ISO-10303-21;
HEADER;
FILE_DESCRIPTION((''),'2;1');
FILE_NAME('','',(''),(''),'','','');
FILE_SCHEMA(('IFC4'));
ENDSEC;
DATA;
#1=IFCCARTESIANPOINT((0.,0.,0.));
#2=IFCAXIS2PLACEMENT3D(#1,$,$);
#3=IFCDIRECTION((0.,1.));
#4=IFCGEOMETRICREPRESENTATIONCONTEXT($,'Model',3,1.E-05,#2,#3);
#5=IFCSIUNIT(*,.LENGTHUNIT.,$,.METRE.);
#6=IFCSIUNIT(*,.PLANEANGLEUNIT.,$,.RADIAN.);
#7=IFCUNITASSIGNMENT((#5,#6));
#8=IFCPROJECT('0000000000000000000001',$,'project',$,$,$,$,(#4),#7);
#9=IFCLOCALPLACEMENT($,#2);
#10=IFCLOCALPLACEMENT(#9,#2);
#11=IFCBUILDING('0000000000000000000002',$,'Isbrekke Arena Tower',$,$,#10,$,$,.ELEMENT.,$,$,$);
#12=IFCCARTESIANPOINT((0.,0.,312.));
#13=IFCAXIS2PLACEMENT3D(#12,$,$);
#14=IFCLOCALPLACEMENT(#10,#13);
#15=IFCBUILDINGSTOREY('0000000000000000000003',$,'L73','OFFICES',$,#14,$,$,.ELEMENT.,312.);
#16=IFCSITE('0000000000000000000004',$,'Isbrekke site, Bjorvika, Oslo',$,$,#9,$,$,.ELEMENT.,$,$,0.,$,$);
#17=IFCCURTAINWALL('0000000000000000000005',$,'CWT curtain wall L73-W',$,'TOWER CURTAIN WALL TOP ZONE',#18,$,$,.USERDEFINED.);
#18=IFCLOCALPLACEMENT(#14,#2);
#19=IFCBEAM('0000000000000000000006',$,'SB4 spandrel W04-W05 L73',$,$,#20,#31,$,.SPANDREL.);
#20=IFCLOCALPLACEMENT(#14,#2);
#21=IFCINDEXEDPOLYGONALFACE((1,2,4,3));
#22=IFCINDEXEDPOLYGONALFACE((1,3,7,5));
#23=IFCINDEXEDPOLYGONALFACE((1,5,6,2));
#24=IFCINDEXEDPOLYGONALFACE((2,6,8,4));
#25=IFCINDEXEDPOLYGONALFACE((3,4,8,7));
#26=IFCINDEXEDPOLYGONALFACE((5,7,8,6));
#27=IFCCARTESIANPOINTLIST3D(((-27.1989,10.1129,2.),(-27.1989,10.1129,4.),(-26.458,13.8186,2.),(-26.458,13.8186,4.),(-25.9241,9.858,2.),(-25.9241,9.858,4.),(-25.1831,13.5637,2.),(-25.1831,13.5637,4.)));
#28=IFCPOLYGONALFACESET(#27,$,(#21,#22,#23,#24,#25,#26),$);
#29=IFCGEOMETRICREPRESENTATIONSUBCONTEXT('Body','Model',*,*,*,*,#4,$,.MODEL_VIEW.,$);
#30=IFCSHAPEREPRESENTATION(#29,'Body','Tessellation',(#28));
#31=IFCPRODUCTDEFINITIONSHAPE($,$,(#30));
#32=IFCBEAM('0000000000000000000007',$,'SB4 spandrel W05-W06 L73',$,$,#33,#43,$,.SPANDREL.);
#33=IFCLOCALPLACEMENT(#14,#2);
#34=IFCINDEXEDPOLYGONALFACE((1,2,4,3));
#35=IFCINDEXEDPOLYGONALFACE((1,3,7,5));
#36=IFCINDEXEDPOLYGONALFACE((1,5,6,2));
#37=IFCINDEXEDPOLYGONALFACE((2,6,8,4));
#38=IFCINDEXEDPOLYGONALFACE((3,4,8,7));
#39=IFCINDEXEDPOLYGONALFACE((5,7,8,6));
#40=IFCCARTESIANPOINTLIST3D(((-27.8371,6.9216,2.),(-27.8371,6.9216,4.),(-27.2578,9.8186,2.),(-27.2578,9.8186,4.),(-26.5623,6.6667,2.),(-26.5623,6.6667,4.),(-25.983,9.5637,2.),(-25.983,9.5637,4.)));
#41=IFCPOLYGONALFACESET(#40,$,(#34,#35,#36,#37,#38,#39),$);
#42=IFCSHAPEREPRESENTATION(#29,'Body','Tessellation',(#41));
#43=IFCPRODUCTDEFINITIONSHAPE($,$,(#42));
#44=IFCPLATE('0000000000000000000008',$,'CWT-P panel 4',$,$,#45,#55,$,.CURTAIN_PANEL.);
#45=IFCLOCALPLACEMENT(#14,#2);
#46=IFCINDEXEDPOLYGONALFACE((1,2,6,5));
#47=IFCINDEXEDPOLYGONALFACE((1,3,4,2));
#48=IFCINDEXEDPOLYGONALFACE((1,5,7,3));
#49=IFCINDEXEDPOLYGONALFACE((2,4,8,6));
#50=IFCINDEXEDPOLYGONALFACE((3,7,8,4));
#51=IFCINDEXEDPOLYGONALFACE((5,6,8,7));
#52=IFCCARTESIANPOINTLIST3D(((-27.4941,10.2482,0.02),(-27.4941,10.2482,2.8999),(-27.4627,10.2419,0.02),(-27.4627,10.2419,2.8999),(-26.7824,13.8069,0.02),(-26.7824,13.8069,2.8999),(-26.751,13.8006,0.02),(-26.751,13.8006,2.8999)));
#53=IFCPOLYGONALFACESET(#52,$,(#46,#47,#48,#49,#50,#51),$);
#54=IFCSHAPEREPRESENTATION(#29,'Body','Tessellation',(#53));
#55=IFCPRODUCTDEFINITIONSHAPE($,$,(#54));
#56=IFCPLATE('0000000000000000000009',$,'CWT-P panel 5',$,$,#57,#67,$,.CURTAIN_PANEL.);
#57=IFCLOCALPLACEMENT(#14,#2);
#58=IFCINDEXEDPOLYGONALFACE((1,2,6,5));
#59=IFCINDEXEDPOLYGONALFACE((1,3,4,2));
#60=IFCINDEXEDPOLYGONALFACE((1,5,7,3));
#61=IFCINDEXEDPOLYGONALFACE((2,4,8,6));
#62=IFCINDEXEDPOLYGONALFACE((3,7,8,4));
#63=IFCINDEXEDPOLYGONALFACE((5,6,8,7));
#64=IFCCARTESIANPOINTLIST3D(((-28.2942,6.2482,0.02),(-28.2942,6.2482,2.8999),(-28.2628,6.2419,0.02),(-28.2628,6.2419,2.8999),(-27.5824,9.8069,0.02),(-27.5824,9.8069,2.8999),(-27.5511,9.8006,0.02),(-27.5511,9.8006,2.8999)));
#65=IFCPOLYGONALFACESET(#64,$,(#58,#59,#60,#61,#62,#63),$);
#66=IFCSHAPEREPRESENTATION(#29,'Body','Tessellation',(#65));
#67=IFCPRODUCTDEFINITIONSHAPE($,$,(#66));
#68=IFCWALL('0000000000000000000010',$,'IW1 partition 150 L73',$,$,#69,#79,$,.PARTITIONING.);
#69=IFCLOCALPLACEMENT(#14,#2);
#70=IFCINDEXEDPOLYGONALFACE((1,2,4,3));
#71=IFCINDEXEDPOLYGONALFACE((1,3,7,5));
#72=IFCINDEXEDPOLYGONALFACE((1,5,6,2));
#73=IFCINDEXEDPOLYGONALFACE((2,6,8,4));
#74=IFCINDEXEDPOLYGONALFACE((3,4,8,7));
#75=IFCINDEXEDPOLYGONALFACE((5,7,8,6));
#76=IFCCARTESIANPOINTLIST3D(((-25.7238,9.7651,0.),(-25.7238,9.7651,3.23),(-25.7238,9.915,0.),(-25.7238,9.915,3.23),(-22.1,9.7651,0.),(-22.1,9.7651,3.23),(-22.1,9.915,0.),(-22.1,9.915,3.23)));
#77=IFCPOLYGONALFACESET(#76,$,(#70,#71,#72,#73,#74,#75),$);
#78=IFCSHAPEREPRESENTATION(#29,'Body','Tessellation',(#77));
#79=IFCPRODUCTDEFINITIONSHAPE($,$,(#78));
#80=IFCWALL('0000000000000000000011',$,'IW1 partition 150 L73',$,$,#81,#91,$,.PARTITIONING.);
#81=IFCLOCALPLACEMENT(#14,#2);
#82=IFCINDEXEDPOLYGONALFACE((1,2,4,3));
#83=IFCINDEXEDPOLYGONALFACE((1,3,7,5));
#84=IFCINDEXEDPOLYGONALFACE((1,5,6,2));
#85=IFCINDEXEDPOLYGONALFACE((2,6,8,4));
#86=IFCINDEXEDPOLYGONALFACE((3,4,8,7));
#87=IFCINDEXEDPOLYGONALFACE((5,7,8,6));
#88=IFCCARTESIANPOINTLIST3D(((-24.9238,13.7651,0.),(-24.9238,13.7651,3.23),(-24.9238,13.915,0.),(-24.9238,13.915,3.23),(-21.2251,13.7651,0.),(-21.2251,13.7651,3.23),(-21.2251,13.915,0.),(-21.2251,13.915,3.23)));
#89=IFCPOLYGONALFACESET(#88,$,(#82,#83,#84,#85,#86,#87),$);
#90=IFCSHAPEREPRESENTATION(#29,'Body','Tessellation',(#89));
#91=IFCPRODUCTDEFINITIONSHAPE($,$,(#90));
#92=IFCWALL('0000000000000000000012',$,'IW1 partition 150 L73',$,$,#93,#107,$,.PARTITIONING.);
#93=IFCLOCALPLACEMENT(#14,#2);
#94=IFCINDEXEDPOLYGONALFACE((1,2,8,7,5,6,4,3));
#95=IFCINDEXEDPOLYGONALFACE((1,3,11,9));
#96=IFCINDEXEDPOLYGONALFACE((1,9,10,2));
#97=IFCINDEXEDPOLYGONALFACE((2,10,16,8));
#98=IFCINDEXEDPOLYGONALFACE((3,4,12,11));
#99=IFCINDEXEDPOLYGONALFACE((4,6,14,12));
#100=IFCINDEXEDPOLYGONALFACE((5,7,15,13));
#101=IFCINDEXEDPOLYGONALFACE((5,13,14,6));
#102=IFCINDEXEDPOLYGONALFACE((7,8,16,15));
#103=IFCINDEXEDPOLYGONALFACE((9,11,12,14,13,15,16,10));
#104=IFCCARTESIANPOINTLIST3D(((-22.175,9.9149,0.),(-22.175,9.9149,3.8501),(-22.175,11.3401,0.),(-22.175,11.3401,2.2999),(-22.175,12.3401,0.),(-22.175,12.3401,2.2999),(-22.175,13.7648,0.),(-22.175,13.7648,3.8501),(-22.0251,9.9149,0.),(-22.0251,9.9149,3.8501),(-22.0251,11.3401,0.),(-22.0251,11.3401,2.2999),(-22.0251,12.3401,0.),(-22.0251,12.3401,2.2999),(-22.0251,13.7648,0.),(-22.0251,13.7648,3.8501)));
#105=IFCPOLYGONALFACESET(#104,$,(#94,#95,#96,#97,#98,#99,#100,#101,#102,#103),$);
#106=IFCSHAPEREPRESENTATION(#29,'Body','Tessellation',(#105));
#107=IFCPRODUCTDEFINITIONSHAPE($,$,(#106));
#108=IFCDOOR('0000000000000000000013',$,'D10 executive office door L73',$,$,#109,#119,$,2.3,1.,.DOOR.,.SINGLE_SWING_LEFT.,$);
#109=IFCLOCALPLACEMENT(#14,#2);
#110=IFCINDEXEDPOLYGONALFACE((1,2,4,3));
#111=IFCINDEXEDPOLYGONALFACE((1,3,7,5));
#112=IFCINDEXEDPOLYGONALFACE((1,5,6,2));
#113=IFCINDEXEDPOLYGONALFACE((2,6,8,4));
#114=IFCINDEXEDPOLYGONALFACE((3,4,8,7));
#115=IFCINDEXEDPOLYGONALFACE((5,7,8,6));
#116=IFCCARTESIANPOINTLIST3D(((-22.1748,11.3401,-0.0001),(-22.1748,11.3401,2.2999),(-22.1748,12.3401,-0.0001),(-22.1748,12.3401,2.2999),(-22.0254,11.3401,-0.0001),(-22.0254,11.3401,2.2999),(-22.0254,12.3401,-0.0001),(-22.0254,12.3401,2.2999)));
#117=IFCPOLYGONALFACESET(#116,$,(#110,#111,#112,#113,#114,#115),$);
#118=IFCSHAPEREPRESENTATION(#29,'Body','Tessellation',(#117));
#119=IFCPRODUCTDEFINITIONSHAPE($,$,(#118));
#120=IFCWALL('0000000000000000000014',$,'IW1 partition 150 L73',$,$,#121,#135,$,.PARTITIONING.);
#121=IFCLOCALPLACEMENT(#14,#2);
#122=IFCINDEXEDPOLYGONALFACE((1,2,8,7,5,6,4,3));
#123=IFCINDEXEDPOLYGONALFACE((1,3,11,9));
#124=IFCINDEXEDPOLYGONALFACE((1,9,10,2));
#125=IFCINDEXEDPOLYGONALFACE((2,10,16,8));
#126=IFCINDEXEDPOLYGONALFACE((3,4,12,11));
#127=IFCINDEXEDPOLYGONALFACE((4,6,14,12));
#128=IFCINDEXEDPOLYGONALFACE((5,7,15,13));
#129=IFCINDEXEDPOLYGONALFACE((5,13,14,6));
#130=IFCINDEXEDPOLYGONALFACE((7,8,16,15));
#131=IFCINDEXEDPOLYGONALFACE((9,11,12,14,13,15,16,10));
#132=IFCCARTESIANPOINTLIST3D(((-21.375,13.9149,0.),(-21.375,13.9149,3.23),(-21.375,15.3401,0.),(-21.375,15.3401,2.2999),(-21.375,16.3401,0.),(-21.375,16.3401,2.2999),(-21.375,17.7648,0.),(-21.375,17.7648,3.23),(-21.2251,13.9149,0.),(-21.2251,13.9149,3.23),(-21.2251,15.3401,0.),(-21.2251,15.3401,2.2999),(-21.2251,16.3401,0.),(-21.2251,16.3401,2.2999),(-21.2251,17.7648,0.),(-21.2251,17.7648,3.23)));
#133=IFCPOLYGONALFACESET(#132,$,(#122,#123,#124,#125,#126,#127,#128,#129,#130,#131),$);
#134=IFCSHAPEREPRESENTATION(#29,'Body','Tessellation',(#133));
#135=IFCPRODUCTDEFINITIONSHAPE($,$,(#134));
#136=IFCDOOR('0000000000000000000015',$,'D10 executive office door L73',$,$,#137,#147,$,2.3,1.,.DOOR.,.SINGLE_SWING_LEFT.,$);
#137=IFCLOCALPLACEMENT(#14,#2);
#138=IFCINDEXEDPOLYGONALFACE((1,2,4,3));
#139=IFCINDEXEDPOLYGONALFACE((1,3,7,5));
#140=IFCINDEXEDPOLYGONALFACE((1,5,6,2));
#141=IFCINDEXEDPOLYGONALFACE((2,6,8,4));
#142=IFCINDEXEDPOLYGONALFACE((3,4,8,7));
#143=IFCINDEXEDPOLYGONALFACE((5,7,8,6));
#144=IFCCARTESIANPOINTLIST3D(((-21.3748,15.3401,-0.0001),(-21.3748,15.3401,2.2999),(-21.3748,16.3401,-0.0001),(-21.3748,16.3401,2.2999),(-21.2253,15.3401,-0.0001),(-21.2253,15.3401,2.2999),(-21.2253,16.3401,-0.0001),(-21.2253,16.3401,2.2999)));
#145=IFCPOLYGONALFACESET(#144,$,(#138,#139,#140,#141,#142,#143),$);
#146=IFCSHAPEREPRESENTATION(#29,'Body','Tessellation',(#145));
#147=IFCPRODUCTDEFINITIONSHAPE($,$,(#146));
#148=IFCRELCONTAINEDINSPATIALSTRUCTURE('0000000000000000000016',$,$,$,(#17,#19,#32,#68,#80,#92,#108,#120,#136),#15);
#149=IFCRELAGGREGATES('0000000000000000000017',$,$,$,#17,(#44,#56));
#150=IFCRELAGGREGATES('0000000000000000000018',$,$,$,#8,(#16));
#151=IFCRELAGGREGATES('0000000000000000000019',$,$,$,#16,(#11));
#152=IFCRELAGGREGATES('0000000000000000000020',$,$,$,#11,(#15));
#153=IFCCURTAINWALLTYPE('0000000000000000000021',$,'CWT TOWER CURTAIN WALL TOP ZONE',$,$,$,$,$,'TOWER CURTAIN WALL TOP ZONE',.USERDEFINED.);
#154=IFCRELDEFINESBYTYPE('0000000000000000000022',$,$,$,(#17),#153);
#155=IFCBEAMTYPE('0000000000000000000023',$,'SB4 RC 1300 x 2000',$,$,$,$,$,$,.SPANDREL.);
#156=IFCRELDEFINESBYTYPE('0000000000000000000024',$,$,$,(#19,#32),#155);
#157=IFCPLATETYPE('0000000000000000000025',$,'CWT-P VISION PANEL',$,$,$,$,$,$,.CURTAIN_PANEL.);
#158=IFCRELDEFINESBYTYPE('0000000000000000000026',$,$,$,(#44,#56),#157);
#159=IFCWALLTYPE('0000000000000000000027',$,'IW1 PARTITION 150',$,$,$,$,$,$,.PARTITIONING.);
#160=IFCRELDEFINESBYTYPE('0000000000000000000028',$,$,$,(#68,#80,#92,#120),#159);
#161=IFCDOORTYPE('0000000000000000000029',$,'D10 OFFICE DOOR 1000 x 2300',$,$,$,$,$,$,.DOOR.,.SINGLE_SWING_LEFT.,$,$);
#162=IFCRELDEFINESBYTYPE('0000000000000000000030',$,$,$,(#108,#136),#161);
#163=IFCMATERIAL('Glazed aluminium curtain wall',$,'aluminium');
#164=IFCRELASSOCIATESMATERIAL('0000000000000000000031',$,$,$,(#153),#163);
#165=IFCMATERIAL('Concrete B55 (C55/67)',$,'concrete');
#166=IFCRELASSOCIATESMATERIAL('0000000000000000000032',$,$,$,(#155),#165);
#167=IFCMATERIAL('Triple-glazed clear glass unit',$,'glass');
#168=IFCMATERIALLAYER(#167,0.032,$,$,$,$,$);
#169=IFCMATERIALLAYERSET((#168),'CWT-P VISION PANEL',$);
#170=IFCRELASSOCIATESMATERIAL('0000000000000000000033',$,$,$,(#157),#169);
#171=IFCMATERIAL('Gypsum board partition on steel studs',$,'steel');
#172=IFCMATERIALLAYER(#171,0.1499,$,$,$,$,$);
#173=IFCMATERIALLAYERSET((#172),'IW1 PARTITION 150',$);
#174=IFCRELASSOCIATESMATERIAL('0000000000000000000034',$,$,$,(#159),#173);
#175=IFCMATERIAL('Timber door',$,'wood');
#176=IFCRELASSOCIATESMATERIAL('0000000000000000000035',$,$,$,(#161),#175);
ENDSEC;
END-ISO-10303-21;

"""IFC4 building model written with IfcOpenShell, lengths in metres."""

from ifc_helpers import new_model, si_unit, direction, frame, frame_2d, origin, origin_2d, place, context, subcontext, project, spatial, rectangle, extrude, material, layer, layer_set, material_profile, profile_set, type_object, element, fill, aggregate, save


model = new_model("IFC4")

# Units and contexts
model_context = context("Model", 3, precision=1e-05, world=origin(), true_north=direction((0.0, 1.0)))
body_context = subcontext(model_context, "Body", "Model", "MODEL_VIEW")
ifc_project = project(units=[si_unit("LENGTHUNIT", "METRE"), si_unit("PLANEANGLEUNIT", "RADIAN")], contexts=[model_context])

# Site, building, storey
site_placement = place(None, origin())
site = spatial("IfcSite", under=ifc_project, at=site_placement, Name="Isbrekke site, Bjorvika, Oslo", CompositionType="ELEMENT", RefElevation=0.0)
building_placement = place(site_placement, origin())
building = spatial("IfcBuilding", under=site, at=building_placement, Name="Isbrekke Arena Tower", CompositionType="ELEMENT")
storey_placement = place(building_placement, frame((0.0, 0.0, 312.0)))
storey = spatial("IfcBuildingStorey", under=building, at=storey_placement, Name="L73", Description="OFFICES", CompositionType="ELEMENT", Elevation=312.0)

# Curtain wall
ifc_material_1 = material(Name="Glazed aluminium curtain wall", Category="aluminium")
curtain_wall_type = type_object("IfcCurtainWallType", Name="CWT TOWER CURTAIN WALL TOP ZONE", ElementType="TOWER CURTAIN WALL TOP ZONE", PredefinedType="USERDEFINED", material=ifc_material_1)
curtain_wall_placement = place(storey_placement, origin())
curtain_wall = element("IfcCurtainWall", 1, at=curtain_wall_placement, inside=storey, type_object=curtain_wall_type, Name="CWT curtain wall L73-W", ObjectType="TOWER CURTAIN WALL TOP ZONE", PredefinedType="USERDEFINED")

# Beams
ifc_material_2 = material(Name="Concrete B55 (C55/67)", Category="concrete")
ifc_material_profile_1 = material_profile(ifc_material_2, rectangle(XDim=1.3, YDim=2.0, at=origin_2d()), Name="RC 1300x2000")
ifc_profile_set_1 = profile_set([ifc_material_profile_1], Name="Concrete B55 (C55/67)")
beam_type_1 = type_object("IfcBeamType", Name="SB4 RC 1300 x 2000", PredefinedType="SPANDREL", material=ifc_profile_set_1)
beam_1_placement = place(storey_placement, frame((-25.8206, 13.6912, 3.0), z_axis=(-0.196066, -0.980591, 0.0), x_axis=(0.980591, -0.196066, 0.0)))
element("IfcBeam", 2, at=beam_1_placement, inside=storey, type_object=beam_type_1, Name="SB4 spandrel W04-W05 L73", PredefinedType="SPANDREL", context=body_context, shape_type="SweptSolid", body=[
    extrude(rectangle(XDim=1.3, YDim=2.0, at=origin_2d()), origin(), (0.0, 0.0, 1.0), 3.7791),
])
beam_2_placement = place(storey_placement, frame((-26.6204, 9.6912, 3.0), z_axis=(-0.1961, -0.980584, 0.0), x_axis=(0.980584, -0.1961, 0.0)))
element("IfcBeam", 3, at=beam_2_placement, inside=storey, type_object=beam_type_1, Name="SB4 spandrel W05-W06 L73", PredefinedType="SPANDREL", context=body_context, shape_type="SweptSolid", body=[
    extrude(rectangle(XDim=1.3, YDim=2.0, at=origin_2d()), origin(), (0.0, 0.0, 1.0), 2.9543),
])

# Plates
ifc_material_3 = material(Name="Triple-glazed clear glass unit", Category="glass")
ifc_layer_1 = layer(ifc_material_3, 0.032)
ifc_layer_set_1 = layer_set([ifc_layer_1], Name="CWT-P VISION PANEL")
plate_type = type_object("IfcPlateType", Name="CWT-P VISION PANEL", PredefinedType="CURTAIN_PANEL", material=ifc_layer_set_1)
plate_1_placement = place(storey_placement, frame((-27.1226, 12.0244, 0.02), z_axis=(0.0, 0.0, 1.0), x_axis=(-0.196116, -0.980581, 0.0)))
plate_1 = element("IfcPlate", 4, at=plate_1_placement, type_object=plate_type, Name="CWT-P panel 4", PredefinedType="CURTAIN_PANEL", context=body_context, shape_type="SweptSolid", body=[
    extrude(rectangle(XDim=3.6292, YDim=0.032, at=origin_2d()), origin(), (0.0, 0.0, 1.0), 2.8799),
])
plate_2_placement = place(storey_placement, frame((-27.9226, 8.0244, 0.02), z_axis=(0.0, 0.0, 1.0), x_axis=(-0.196116, -0.980581, 0.0)))
plate_2 = element("IfcPlate", 5, at=plate_2_placement, type_object=plate_type, Name="CWT-P panel 5", PredefinedType="CURTAIN_PANEL", context=body_context, shape_type="SweptSolid", body=[
    extrude(rectangle(XDim=3.6292, YDim=0.032, at=origin_2d()), origin(), (0.0, 0.0, 1.0), 2.8799),
])
aggregate(curtain_wall, [plate_1, plate_2])

# Walls
ifc_material_4 = material(Name="Gypsum board partition on steel studs", Category="steel")
ifc_layer_2 = layer(ifc_material_4, 0.1499)
ifc_layer_set_2 = layer_set([ifc_layer_2], Name="IW1 PARTITION 150")
wall_type_1 = type_object("IfcWallType", Name="IW1 PARTITION 150", PredefinedType="PARTITIONING", material=ifc_layer_set_2)
wall_1_placement = place(storey_placement, frame((-25.7239, 9.8401, 0.0), z_axis=(0.0, 0.0, 1.0), x_axis=(1.0, 0.0, 0.0)))
element("IfcWall", 6, at=wall_1_placement, inside=storey, type_object=wall_type_1, Name="IW1 partition 150 L73", PredefinedType="PARTITIONING", context=body_context, shape_type="SweptSolid", body=[
    extrude(rectangle(XDim=3.6238, YDim=0.1499, at=frame_2d((1.812, 0.0))), origin(), (0.0, 0.0, 1.0), 3.23),
])
wall_2_placement = place(storey_placement, frame((-24.9238, 13.8401, 0.0), z_axis=(0.0, 0.0, 1.0), x_axis=(1.0, 0.0, 0.0)))
element("IfcWall", 7, at=wall_2_placement, inside=storey, type_object=wall_type_1, Name="IW1 partition 150 L73", PredefinedType="PARTITIONING", context=body_context, shape_type="SweptSolid", body=[
    extrude(rectangle(XDim=3.6987, YDim=0.1499, at=frame_2d((1.8494, 0.0))), origin(), (0.0, 0.0, 1.0), 3.23),
])

# Walls, openings, doors
wall_3_placement = place(storey_placement, frame((-22.1001, 9.915, 0.0), z_axis=(0.0, 0.0, 1.0), x_axis=(0.0, 1.0, 0.0)))
wall_3 = element("IfcWall", 8, at=wall_3_placement, inside=storey, type_object=wall_type_1, Name="IW1 partition 150 L73", PredefinedType="PARTITIONING", context=body_context, shape_type="SweptSolid", body=[
    extrude(rectangle(XDim=3.8499, YDim=0.1499, at=frame_2d((1.9248, 0.0))), origin(), (0.0, 0.0, 1.0), 3.8501),
])
opening_1_placement = place(wall_3_placement, frame((1.425, 0.0, 0.0)))
opening_1 = element("IfcOpeningElement", 9, at=opening_1_placement, cuts=wall_3, PredefinedType="OPENING", context=body_context, shape_type="SweptSolid", body=[
    extrude(rectangle(XDim=1.0, YDim=2.3, at=frame_2d((0.5, 1.1499))), frame((0.0, 0.0898, 0.0), z_axis=(0.0, -1.0, 0.0), x_axis=(1.0, 0.0, 0.0)), (0.0, 0.0, 1.0), 0.1797),
])
ifc_material_5 = material(Name="Timber door", Category="wood")
door_type_1 = type_object("IfcDoorType", Name="D10 OFFICE DOOR 1000 x 2300", OperationType="SINGLE_SWING_LEFT", PredefinedType="DOOR", material=ifc_material_5)
door_1_placement = place(opening_1_placement, origin())
door_1 = element("IfcDoor", 10, at=door_1_placement, inside=storey, type_object=door_type_1, Name="D10 executive office door L73", OperationType="SINGLE_SWING_LEFT", OverallHeight=2.3, OverallWidth=1.0, PredefinedType="DOOR", context=body_context, shape_type="SweptSolid", body=[
    extrude(rectangle(XDim=1.0, YDim=2.3, at=frame_2d((0.5, 1.1499))), frame((0.0, 0.0747, 0.0), z_axis=(0.0, -1.0, 0.0), x_axis=(1.0, 0.0, 0.0)), (0.0, 0.0, 1.0), 0.1494),
])
fill(opening_1, door_1)
wall_4_placement = place(storey_placement, frame((-21.3, 13.915, 0.0), z_axis=(0.0, 0.0, 1.0), x_axis=(0.0, 1.0, 0.0)))
wall_4 = element("IfcWall", 11, at=wall_4_placement, inside=storey, type_object=wall_type_1, Name="IW1 partition 150 L73", PredefinedType="PARTITIONING", context=body_context, shape_type="SweptSolid", body=[
    extrude(rectangle(XDim=3.8499, YDim=0.1499, at=frame_2d((1.9248, 0.0))), origin(), (0.0, 0.0, 1.0), 3.23),
])
opening_2_placement = place(wall_4_placement, frame((1.425, 0.0, 0.0)))
opening_2 = element("IfcOpeningElement", 12, at=opening_2_placement, cuts=wall_4, PredefinedType="OPENING", context=body_context, shape_type="SweptSolid", body=[
    extrude(rectangle(XDim=1.0, YDim=2.3, at=frame_2d((0.5, 1.1499))), frame((0.0, 0.0898, 0.0), z_axis=(0.0, -1.0, 0.0), x_axis=(1.0, 0.0, 0.0)), (0.0, 0.0, 1.0), 0.1797),
])
door_2_placement = place(opening_2_placement, origin())
door_2 = element("IfcDoor", 13, at=door_2_placement, inside=storey, type_object=door_type_1, Name="D10 executive office door L73", OperationType="SINGLE_SWING_LEFT", OverallHeight=2.3, OverallWidth=1.0, PredefinedType="DOOR", context=body_context, shape_type="SweptSolid", body=[
    extrude(rectangle(XDim=1.0, YDim=2.3, at=frame_2d((0.5, 1.1499))), frame((0.0, 0.0747, 0.0), z_axis=(0.0, -1.0, 0.0), x_axis=(1.0, 0.0, 0.0)), (0.0, 0.0, 1.0), 0.1494),
])
fill(opening_2, door_2)

save(model, "model.ifc")
